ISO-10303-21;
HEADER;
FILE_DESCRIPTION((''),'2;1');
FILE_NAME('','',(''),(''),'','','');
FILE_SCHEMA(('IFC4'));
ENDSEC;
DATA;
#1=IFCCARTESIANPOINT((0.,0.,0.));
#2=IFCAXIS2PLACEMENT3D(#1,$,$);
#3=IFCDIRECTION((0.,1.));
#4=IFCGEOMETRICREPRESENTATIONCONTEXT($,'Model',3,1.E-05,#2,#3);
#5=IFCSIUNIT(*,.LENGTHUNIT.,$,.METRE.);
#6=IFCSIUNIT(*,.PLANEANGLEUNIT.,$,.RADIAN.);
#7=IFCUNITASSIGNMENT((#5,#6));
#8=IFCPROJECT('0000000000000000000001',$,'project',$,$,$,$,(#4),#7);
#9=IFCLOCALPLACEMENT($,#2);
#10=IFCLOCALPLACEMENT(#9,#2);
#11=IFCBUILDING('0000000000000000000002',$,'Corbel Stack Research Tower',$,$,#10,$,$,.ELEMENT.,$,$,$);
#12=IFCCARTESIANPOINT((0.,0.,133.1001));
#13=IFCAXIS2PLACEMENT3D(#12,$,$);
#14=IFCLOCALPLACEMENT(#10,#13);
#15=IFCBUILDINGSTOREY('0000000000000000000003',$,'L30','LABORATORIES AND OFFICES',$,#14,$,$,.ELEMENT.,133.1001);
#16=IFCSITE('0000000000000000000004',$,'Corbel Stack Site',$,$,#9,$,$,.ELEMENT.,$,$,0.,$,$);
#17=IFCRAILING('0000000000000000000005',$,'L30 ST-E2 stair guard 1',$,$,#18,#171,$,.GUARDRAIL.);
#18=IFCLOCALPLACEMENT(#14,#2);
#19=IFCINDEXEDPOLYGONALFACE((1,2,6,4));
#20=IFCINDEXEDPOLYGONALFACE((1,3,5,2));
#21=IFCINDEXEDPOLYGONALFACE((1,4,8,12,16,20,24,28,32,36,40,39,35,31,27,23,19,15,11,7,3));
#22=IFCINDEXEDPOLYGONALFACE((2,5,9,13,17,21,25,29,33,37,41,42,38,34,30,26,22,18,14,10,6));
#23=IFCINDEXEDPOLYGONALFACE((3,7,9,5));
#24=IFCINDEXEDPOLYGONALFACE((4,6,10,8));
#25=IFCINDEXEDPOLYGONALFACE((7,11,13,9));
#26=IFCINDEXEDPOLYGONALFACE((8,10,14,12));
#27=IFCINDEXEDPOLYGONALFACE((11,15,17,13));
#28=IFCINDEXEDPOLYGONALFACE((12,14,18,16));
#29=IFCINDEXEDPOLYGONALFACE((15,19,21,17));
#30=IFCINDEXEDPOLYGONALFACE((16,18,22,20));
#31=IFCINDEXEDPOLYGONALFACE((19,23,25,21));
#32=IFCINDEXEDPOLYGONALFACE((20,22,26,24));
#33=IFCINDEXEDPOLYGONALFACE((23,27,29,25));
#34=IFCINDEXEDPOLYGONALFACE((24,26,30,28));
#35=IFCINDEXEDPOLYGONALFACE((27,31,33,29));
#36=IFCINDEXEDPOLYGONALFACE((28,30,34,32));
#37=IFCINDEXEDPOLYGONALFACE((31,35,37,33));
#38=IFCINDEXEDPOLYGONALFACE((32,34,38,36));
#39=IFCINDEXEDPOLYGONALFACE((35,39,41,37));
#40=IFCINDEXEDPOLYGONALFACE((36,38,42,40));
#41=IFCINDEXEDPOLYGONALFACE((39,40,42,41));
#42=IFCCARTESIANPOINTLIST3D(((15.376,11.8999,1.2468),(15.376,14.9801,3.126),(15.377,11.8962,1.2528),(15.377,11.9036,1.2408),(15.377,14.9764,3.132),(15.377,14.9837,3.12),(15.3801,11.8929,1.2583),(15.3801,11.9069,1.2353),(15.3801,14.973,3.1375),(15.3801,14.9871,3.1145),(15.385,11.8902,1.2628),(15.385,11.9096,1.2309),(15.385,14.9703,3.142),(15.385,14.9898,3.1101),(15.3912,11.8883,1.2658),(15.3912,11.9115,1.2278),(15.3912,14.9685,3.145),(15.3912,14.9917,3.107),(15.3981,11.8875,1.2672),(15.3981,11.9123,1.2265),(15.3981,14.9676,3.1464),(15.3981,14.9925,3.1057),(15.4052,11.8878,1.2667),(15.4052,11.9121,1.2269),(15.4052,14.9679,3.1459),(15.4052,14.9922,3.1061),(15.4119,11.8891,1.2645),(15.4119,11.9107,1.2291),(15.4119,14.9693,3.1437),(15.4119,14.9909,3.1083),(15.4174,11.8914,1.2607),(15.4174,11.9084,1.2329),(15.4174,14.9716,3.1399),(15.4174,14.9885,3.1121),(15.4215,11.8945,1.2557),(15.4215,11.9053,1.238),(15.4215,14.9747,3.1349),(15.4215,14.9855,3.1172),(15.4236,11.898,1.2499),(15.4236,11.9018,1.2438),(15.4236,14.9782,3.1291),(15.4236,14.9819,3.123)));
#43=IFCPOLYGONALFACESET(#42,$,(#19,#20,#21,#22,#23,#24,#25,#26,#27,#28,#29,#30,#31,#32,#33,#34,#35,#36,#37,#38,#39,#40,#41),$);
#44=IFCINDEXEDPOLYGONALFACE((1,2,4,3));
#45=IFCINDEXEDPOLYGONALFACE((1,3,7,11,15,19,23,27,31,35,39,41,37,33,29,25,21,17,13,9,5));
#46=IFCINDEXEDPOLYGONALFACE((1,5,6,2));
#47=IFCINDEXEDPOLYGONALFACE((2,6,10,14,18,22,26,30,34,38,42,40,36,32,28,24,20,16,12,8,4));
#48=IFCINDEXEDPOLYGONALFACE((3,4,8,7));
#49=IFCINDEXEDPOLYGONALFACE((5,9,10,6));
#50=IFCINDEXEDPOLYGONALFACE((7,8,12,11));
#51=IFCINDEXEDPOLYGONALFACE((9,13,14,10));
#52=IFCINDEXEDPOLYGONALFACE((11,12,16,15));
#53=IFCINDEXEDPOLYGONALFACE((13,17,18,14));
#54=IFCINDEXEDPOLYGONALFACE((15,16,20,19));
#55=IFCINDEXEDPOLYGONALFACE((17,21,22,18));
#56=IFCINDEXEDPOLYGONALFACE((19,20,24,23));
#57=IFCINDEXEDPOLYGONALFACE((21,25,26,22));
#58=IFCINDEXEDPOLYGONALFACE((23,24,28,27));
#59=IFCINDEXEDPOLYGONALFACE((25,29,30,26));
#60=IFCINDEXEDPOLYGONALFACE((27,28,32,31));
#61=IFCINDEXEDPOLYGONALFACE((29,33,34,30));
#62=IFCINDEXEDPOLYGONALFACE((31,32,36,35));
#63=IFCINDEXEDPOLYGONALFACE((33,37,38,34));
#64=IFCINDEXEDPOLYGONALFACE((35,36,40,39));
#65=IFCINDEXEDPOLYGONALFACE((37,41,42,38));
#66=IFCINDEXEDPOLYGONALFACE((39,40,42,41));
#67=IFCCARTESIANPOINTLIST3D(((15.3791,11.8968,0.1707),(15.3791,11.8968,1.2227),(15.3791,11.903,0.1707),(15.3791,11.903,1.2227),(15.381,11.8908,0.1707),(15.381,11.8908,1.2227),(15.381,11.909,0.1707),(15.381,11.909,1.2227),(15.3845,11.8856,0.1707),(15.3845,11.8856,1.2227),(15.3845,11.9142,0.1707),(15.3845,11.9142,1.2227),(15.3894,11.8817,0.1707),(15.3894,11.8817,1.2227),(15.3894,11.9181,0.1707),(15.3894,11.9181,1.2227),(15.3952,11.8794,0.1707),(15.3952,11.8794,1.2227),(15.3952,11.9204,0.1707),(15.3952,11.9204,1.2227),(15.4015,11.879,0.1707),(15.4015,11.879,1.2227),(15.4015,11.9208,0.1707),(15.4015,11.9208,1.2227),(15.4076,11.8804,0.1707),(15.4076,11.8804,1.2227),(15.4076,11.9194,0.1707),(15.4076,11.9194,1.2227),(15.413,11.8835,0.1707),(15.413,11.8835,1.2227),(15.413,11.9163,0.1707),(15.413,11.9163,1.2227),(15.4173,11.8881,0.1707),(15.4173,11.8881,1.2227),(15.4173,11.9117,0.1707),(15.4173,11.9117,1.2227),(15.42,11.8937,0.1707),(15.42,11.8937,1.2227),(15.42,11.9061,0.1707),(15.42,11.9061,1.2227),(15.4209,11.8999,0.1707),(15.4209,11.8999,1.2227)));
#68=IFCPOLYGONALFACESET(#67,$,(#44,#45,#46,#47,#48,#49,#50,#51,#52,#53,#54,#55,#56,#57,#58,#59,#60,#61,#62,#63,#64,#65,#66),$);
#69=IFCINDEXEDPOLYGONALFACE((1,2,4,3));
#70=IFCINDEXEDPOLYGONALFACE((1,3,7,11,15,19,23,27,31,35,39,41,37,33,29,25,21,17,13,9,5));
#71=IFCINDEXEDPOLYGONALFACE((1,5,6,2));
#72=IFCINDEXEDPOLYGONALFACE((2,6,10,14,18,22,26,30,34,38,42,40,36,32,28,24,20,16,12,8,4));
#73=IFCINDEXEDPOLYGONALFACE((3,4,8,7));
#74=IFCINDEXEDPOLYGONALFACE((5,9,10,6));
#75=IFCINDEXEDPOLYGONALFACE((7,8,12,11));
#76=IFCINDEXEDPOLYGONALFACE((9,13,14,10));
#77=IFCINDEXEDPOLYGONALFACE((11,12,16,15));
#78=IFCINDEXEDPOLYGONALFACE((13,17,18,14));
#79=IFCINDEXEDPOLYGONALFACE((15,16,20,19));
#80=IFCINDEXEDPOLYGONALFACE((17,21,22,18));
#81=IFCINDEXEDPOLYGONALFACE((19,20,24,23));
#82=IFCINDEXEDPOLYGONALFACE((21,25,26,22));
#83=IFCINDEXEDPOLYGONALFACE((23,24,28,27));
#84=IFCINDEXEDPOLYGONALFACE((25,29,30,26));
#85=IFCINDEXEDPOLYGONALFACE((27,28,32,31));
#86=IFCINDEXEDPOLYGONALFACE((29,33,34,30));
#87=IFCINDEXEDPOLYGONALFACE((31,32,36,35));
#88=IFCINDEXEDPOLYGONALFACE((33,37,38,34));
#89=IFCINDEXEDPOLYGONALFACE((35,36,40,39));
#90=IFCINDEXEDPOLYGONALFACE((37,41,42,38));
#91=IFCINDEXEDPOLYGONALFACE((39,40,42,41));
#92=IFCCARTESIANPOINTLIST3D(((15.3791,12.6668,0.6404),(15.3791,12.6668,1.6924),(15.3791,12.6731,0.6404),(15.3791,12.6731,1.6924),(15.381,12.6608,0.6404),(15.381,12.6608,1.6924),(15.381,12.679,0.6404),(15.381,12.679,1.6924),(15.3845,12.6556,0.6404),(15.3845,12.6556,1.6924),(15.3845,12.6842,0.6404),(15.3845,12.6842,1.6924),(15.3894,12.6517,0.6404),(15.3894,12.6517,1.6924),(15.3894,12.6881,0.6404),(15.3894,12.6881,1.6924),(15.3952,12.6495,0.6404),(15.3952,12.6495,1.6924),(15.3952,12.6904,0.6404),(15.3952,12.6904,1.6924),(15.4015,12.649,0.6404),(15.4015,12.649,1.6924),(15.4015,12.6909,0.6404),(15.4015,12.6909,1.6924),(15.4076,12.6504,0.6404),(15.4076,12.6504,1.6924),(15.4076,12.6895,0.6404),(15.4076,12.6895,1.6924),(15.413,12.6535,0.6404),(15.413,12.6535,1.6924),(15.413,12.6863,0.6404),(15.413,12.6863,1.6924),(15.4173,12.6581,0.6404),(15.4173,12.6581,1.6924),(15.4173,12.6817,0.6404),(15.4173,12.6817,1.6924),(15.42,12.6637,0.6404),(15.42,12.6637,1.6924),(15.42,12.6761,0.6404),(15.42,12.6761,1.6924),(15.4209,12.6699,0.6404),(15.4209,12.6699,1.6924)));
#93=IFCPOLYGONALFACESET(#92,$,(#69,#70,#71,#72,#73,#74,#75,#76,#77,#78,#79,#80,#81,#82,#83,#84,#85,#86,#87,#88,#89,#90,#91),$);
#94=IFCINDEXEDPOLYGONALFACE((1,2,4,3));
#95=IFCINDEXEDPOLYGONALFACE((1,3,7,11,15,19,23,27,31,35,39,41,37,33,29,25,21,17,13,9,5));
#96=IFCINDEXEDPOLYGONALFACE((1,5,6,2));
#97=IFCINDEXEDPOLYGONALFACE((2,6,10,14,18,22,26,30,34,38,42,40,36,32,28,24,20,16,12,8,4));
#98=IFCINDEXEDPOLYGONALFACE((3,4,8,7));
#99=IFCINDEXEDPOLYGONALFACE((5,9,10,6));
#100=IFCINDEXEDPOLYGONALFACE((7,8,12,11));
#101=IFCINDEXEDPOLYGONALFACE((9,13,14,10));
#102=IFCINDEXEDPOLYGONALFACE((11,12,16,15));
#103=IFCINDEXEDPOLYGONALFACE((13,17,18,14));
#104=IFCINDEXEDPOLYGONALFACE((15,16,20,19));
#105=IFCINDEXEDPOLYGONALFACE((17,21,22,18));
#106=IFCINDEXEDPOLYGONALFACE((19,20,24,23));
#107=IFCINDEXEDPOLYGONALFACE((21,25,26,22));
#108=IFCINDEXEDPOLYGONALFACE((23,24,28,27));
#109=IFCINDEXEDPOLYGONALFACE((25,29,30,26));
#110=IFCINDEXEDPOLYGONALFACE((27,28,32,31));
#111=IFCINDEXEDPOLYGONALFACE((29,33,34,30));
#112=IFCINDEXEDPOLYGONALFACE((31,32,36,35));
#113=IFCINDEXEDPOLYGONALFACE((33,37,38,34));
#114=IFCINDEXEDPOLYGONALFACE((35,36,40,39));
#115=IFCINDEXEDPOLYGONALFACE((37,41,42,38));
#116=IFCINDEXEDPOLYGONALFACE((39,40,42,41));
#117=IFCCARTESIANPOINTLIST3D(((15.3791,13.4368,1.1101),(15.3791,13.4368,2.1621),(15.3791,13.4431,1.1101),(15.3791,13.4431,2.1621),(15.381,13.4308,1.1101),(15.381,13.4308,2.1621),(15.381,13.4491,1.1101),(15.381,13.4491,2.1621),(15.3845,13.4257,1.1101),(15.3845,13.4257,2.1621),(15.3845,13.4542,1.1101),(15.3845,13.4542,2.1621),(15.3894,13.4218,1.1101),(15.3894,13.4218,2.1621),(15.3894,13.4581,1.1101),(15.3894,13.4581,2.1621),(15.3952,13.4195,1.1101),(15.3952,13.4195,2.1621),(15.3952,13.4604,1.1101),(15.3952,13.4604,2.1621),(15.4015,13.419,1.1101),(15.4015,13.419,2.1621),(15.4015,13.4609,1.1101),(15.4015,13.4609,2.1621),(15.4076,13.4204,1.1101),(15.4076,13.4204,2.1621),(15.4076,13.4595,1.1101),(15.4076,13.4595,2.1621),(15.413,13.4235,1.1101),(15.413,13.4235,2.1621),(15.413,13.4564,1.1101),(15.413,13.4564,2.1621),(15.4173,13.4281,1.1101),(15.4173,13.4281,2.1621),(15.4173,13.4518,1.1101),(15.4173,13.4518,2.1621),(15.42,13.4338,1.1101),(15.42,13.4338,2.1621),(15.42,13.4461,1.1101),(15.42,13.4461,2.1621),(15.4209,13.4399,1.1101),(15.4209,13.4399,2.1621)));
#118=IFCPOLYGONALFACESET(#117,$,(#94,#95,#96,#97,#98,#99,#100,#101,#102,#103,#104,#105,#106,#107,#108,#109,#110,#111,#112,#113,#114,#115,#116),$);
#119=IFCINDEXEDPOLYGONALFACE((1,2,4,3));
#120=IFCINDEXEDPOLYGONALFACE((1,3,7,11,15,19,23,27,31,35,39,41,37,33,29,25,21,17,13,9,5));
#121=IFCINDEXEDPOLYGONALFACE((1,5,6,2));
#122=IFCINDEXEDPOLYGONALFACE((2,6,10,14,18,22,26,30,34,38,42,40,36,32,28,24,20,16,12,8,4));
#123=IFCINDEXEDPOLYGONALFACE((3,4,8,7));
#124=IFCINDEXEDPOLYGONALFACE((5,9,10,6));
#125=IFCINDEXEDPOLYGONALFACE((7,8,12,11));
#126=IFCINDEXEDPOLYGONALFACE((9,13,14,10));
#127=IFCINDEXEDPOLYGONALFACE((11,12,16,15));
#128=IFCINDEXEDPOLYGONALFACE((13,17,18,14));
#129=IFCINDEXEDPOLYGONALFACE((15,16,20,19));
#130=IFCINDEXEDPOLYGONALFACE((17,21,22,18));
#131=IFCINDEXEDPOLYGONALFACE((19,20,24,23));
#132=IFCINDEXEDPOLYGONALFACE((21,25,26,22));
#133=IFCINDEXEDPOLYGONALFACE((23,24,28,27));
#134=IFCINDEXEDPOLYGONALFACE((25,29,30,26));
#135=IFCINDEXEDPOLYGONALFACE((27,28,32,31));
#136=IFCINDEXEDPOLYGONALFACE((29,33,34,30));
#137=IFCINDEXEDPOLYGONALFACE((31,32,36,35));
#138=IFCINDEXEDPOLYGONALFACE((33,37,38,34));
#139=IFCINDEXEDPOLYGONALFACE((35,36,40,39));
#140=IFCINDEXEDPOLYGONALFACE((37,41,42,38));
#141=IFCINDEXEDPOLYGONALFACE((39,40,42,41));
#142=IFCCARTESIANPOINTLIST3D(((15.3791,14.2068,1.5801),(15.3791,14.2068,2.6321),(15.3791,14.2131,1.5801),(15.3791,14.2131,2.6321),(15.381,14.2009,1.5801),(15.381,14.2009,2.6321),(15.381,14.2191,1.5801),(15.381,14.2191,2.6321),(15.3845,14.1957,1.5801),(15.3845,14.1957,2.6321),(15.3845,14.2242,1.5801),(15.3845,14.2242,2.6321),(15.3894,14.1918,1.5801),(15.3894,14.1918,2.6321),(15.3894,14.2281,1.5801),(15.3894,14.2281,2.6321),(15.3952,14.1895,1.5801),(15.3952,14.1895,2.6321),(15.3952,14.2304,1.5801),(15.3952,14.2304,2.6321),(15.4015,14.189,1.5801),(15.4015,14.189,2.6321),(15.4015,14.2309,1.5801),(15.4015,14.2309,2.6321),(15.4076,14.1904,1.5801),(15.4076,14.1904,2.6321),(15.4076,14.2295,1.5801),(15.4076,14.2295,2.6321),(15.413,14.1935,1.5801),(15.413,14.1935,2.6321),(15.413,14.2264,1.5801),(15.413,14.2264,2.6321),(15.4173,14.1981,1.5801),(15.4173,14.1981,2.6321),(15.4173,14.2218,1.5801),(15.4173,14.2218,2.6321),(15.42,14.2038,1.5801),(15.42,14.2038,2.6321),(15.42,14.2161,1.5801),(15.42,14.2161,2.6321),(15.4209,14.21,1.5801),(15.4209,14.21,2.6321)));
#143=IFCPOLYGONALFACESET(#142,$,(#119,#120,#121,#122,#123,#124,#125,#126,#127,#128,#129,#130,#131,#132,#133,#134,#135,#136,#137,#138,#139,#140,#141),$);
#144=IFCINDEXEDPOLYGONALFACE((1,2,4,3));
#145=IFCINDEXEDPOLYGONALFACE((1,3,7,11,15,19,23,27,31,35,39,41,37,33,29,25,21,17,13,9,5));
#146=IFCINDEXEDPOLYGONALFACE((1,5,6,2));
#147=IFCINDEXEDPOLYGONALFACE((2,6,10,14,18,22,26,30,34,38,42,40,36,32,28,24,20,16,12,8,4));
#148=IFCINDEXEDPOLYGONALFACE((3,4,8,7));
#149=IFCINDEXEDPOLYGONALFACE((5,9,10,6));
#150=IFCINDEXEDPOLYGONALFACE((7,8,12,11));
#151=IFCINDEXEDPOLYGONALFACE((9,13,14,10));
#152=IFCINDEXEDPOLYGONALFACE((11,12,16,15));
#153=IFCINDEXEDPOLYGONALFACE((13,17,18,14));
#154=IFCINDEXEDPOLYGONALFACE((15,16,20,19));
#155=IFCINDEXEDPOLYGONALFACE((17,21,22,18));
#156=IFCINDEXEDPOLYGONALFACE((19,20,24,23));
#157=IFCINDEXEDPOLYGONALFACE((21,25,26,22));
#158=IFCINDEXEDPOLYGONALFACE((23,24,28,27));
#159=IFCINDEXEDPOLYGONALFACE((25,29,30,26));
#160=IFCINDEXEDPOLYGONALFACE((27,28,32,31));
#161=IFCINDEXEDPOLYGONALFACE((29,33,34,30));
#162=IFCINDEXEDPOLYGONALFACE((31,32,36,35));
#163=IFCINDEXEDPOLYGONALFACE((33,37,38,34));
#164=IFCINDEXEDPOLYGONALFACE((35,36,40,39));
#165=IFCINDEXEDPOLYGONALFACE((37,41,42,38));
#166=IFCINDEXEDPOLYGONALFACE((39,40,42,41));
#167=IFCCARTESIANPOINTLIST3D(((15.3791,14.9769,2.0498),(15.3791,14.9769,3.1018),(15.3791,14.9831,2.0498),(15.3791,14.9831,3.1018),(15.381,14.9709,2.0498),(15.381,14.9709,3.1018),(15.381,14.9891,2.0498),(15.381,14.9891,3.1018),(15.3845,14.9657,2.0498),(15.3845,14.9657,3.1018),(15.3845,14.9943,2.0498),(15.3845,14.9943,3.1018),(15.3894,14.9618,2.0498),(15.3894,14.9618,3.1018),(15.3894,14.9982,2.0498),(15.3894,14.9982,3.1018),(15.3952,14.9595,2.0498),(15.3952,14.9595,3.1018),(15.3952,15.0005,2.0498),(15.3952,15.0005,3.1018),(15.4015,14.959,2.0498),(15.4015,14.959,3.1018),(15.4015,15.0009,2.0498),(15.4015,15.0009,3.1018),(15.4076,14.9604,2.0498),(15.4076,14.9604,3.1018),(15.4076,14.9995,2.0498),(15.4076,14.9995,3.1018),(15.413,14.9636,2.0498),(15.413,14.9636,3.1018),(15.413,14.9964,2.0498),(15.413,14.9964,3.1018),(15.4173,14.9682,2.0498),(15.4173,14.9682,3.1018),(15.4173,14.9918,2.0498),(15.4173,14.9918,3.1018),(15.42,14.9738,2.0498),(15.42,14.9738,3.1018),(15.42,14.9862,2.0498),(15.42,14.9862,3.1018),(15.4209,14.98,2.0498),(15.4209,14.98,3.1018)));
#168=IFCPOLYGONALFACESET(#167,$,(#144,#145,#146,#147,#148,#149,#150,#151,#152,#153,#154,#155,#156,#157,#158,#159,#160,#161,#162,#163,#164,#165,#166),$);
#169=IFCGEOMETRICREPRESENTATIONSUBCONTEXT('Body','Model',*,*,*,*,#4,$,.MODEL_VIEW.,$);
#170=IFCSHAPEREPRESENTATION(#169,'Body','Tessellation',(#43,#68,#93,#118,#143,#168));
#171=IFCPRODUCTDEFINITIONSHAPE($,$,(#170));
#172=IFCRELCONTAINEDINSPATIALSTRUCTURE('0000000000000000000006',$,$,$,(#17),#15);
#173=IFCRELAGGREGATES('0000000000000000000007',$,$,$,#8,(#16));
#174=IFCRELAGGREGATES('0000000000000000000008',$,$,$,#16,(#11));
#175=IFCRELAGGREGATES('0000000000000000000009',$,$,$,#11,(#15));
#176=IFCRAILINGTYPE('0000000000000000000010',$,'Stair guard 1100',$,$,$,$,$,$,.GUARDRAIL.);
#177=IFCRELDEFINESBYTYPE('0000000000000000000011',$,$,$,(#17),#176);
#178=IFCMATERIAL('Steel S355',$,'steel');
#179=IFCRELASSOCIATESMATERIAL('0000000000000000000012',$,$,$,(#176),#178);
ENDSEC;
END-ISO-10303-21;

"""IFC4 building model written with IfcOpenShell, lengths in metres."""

from ifc_helpers import new_model, si_unit, direction, frame, origin, origin_2d, place, context, subcontext, project, spatial, circle, extrude, material, type_object, element, save


model = new_model("IFC4")

# Units and contexts
model_context = context("Model", 3, precision=1e-05, world=origin(), true_north=direction((0.0, 1.0)))
body_context = subcontext(model_context, "Body", "Model", "MODEL_VIEW")
ifc_project = project(units=[si_unit("LENGTHUNIT", "METRE"), si_unit("PLANEANGLEUNIT", "RADIAN")], contexts=[model_context])

# Site, building, storey
site_placement = place(None, origin())
site = spatial("IfcSite", under=ifc_project, at=site_placement, Name="Corbel Stack Site", CompositionType="ELEMENT", RefElevation=0.0)
building_placement = place(site_placement, origin())
building = spatial("IfcBuilding", under=site, at=building_placement, Name="Corbel Stack Research Tower", CompositionType="ELEMENT")
storey_placement = place(building_placement, frame((0.0, 0.0, 133.1001)))
storey = spatial("IfcBuildingStorey", under=building, at=storey_placement, Name="L30", Description="LABORATORIES AND OFFICES", CompositionType="ELEMENT", Elevation=133.1001)

# Railing
ifc_material_1 = material(Name="Steel S355", Category="steel")
railing_type_1 = type_object("IfcRailingType", Name="Stair guard 1100", PredefinedType="GUARDRAIL", material=ifc_material_1)
railing_1_placement = place(storey_placement, frame((15.3999, 11.8999, 0.1707)))
element("IfcRailing", 1, at=railing_1_placement, inside=storey, type_object=railing_type_1, Name="L30 ST-E2 stair guard 1", PredefinedType="GUARDRAIL", context=body_context, shape_type="SweptSolid", body=[
    extrude(circle(Radius=0.0239, at=origin_2d()), frame((0.0, 0.0, 1.0762), z_axis=(0.0, 0.853666, 0.52082), x_axis=(-1.0, 0.0, 0.0)), (0.0, 0.0, 1.0), 3.6082),
    extrude(circle(Radius=0.021, at=origin_2d()), origin(), (0.0, 0.0, 1.0), 1.052),
    extrude(circle(Radius=0.021, at=origin_2d()), frame((0.0, 0.77, 0.4697)), (0.0, 0.0, 1.0), 1.052),
    extrude(circle(Radius=0.021, at=origin_2d()), frame((0.0, 1.54, 0.9395)), (0.0, 0.0, 1.0), 1.052),
    extrude(circle(Radius=0.021, at=origin_2d()), frame((0.0, 2.3101, 1.4094)), (0.0, 0.0, 1.0), 1.052),
    extrude(circle(Radius=0.021, at=origin_2d()), frame((0.0, 3.0801, 1.8792)), (0.0, 0.0, 1.0), 1.052),
])

save(model, "model.ifc")
